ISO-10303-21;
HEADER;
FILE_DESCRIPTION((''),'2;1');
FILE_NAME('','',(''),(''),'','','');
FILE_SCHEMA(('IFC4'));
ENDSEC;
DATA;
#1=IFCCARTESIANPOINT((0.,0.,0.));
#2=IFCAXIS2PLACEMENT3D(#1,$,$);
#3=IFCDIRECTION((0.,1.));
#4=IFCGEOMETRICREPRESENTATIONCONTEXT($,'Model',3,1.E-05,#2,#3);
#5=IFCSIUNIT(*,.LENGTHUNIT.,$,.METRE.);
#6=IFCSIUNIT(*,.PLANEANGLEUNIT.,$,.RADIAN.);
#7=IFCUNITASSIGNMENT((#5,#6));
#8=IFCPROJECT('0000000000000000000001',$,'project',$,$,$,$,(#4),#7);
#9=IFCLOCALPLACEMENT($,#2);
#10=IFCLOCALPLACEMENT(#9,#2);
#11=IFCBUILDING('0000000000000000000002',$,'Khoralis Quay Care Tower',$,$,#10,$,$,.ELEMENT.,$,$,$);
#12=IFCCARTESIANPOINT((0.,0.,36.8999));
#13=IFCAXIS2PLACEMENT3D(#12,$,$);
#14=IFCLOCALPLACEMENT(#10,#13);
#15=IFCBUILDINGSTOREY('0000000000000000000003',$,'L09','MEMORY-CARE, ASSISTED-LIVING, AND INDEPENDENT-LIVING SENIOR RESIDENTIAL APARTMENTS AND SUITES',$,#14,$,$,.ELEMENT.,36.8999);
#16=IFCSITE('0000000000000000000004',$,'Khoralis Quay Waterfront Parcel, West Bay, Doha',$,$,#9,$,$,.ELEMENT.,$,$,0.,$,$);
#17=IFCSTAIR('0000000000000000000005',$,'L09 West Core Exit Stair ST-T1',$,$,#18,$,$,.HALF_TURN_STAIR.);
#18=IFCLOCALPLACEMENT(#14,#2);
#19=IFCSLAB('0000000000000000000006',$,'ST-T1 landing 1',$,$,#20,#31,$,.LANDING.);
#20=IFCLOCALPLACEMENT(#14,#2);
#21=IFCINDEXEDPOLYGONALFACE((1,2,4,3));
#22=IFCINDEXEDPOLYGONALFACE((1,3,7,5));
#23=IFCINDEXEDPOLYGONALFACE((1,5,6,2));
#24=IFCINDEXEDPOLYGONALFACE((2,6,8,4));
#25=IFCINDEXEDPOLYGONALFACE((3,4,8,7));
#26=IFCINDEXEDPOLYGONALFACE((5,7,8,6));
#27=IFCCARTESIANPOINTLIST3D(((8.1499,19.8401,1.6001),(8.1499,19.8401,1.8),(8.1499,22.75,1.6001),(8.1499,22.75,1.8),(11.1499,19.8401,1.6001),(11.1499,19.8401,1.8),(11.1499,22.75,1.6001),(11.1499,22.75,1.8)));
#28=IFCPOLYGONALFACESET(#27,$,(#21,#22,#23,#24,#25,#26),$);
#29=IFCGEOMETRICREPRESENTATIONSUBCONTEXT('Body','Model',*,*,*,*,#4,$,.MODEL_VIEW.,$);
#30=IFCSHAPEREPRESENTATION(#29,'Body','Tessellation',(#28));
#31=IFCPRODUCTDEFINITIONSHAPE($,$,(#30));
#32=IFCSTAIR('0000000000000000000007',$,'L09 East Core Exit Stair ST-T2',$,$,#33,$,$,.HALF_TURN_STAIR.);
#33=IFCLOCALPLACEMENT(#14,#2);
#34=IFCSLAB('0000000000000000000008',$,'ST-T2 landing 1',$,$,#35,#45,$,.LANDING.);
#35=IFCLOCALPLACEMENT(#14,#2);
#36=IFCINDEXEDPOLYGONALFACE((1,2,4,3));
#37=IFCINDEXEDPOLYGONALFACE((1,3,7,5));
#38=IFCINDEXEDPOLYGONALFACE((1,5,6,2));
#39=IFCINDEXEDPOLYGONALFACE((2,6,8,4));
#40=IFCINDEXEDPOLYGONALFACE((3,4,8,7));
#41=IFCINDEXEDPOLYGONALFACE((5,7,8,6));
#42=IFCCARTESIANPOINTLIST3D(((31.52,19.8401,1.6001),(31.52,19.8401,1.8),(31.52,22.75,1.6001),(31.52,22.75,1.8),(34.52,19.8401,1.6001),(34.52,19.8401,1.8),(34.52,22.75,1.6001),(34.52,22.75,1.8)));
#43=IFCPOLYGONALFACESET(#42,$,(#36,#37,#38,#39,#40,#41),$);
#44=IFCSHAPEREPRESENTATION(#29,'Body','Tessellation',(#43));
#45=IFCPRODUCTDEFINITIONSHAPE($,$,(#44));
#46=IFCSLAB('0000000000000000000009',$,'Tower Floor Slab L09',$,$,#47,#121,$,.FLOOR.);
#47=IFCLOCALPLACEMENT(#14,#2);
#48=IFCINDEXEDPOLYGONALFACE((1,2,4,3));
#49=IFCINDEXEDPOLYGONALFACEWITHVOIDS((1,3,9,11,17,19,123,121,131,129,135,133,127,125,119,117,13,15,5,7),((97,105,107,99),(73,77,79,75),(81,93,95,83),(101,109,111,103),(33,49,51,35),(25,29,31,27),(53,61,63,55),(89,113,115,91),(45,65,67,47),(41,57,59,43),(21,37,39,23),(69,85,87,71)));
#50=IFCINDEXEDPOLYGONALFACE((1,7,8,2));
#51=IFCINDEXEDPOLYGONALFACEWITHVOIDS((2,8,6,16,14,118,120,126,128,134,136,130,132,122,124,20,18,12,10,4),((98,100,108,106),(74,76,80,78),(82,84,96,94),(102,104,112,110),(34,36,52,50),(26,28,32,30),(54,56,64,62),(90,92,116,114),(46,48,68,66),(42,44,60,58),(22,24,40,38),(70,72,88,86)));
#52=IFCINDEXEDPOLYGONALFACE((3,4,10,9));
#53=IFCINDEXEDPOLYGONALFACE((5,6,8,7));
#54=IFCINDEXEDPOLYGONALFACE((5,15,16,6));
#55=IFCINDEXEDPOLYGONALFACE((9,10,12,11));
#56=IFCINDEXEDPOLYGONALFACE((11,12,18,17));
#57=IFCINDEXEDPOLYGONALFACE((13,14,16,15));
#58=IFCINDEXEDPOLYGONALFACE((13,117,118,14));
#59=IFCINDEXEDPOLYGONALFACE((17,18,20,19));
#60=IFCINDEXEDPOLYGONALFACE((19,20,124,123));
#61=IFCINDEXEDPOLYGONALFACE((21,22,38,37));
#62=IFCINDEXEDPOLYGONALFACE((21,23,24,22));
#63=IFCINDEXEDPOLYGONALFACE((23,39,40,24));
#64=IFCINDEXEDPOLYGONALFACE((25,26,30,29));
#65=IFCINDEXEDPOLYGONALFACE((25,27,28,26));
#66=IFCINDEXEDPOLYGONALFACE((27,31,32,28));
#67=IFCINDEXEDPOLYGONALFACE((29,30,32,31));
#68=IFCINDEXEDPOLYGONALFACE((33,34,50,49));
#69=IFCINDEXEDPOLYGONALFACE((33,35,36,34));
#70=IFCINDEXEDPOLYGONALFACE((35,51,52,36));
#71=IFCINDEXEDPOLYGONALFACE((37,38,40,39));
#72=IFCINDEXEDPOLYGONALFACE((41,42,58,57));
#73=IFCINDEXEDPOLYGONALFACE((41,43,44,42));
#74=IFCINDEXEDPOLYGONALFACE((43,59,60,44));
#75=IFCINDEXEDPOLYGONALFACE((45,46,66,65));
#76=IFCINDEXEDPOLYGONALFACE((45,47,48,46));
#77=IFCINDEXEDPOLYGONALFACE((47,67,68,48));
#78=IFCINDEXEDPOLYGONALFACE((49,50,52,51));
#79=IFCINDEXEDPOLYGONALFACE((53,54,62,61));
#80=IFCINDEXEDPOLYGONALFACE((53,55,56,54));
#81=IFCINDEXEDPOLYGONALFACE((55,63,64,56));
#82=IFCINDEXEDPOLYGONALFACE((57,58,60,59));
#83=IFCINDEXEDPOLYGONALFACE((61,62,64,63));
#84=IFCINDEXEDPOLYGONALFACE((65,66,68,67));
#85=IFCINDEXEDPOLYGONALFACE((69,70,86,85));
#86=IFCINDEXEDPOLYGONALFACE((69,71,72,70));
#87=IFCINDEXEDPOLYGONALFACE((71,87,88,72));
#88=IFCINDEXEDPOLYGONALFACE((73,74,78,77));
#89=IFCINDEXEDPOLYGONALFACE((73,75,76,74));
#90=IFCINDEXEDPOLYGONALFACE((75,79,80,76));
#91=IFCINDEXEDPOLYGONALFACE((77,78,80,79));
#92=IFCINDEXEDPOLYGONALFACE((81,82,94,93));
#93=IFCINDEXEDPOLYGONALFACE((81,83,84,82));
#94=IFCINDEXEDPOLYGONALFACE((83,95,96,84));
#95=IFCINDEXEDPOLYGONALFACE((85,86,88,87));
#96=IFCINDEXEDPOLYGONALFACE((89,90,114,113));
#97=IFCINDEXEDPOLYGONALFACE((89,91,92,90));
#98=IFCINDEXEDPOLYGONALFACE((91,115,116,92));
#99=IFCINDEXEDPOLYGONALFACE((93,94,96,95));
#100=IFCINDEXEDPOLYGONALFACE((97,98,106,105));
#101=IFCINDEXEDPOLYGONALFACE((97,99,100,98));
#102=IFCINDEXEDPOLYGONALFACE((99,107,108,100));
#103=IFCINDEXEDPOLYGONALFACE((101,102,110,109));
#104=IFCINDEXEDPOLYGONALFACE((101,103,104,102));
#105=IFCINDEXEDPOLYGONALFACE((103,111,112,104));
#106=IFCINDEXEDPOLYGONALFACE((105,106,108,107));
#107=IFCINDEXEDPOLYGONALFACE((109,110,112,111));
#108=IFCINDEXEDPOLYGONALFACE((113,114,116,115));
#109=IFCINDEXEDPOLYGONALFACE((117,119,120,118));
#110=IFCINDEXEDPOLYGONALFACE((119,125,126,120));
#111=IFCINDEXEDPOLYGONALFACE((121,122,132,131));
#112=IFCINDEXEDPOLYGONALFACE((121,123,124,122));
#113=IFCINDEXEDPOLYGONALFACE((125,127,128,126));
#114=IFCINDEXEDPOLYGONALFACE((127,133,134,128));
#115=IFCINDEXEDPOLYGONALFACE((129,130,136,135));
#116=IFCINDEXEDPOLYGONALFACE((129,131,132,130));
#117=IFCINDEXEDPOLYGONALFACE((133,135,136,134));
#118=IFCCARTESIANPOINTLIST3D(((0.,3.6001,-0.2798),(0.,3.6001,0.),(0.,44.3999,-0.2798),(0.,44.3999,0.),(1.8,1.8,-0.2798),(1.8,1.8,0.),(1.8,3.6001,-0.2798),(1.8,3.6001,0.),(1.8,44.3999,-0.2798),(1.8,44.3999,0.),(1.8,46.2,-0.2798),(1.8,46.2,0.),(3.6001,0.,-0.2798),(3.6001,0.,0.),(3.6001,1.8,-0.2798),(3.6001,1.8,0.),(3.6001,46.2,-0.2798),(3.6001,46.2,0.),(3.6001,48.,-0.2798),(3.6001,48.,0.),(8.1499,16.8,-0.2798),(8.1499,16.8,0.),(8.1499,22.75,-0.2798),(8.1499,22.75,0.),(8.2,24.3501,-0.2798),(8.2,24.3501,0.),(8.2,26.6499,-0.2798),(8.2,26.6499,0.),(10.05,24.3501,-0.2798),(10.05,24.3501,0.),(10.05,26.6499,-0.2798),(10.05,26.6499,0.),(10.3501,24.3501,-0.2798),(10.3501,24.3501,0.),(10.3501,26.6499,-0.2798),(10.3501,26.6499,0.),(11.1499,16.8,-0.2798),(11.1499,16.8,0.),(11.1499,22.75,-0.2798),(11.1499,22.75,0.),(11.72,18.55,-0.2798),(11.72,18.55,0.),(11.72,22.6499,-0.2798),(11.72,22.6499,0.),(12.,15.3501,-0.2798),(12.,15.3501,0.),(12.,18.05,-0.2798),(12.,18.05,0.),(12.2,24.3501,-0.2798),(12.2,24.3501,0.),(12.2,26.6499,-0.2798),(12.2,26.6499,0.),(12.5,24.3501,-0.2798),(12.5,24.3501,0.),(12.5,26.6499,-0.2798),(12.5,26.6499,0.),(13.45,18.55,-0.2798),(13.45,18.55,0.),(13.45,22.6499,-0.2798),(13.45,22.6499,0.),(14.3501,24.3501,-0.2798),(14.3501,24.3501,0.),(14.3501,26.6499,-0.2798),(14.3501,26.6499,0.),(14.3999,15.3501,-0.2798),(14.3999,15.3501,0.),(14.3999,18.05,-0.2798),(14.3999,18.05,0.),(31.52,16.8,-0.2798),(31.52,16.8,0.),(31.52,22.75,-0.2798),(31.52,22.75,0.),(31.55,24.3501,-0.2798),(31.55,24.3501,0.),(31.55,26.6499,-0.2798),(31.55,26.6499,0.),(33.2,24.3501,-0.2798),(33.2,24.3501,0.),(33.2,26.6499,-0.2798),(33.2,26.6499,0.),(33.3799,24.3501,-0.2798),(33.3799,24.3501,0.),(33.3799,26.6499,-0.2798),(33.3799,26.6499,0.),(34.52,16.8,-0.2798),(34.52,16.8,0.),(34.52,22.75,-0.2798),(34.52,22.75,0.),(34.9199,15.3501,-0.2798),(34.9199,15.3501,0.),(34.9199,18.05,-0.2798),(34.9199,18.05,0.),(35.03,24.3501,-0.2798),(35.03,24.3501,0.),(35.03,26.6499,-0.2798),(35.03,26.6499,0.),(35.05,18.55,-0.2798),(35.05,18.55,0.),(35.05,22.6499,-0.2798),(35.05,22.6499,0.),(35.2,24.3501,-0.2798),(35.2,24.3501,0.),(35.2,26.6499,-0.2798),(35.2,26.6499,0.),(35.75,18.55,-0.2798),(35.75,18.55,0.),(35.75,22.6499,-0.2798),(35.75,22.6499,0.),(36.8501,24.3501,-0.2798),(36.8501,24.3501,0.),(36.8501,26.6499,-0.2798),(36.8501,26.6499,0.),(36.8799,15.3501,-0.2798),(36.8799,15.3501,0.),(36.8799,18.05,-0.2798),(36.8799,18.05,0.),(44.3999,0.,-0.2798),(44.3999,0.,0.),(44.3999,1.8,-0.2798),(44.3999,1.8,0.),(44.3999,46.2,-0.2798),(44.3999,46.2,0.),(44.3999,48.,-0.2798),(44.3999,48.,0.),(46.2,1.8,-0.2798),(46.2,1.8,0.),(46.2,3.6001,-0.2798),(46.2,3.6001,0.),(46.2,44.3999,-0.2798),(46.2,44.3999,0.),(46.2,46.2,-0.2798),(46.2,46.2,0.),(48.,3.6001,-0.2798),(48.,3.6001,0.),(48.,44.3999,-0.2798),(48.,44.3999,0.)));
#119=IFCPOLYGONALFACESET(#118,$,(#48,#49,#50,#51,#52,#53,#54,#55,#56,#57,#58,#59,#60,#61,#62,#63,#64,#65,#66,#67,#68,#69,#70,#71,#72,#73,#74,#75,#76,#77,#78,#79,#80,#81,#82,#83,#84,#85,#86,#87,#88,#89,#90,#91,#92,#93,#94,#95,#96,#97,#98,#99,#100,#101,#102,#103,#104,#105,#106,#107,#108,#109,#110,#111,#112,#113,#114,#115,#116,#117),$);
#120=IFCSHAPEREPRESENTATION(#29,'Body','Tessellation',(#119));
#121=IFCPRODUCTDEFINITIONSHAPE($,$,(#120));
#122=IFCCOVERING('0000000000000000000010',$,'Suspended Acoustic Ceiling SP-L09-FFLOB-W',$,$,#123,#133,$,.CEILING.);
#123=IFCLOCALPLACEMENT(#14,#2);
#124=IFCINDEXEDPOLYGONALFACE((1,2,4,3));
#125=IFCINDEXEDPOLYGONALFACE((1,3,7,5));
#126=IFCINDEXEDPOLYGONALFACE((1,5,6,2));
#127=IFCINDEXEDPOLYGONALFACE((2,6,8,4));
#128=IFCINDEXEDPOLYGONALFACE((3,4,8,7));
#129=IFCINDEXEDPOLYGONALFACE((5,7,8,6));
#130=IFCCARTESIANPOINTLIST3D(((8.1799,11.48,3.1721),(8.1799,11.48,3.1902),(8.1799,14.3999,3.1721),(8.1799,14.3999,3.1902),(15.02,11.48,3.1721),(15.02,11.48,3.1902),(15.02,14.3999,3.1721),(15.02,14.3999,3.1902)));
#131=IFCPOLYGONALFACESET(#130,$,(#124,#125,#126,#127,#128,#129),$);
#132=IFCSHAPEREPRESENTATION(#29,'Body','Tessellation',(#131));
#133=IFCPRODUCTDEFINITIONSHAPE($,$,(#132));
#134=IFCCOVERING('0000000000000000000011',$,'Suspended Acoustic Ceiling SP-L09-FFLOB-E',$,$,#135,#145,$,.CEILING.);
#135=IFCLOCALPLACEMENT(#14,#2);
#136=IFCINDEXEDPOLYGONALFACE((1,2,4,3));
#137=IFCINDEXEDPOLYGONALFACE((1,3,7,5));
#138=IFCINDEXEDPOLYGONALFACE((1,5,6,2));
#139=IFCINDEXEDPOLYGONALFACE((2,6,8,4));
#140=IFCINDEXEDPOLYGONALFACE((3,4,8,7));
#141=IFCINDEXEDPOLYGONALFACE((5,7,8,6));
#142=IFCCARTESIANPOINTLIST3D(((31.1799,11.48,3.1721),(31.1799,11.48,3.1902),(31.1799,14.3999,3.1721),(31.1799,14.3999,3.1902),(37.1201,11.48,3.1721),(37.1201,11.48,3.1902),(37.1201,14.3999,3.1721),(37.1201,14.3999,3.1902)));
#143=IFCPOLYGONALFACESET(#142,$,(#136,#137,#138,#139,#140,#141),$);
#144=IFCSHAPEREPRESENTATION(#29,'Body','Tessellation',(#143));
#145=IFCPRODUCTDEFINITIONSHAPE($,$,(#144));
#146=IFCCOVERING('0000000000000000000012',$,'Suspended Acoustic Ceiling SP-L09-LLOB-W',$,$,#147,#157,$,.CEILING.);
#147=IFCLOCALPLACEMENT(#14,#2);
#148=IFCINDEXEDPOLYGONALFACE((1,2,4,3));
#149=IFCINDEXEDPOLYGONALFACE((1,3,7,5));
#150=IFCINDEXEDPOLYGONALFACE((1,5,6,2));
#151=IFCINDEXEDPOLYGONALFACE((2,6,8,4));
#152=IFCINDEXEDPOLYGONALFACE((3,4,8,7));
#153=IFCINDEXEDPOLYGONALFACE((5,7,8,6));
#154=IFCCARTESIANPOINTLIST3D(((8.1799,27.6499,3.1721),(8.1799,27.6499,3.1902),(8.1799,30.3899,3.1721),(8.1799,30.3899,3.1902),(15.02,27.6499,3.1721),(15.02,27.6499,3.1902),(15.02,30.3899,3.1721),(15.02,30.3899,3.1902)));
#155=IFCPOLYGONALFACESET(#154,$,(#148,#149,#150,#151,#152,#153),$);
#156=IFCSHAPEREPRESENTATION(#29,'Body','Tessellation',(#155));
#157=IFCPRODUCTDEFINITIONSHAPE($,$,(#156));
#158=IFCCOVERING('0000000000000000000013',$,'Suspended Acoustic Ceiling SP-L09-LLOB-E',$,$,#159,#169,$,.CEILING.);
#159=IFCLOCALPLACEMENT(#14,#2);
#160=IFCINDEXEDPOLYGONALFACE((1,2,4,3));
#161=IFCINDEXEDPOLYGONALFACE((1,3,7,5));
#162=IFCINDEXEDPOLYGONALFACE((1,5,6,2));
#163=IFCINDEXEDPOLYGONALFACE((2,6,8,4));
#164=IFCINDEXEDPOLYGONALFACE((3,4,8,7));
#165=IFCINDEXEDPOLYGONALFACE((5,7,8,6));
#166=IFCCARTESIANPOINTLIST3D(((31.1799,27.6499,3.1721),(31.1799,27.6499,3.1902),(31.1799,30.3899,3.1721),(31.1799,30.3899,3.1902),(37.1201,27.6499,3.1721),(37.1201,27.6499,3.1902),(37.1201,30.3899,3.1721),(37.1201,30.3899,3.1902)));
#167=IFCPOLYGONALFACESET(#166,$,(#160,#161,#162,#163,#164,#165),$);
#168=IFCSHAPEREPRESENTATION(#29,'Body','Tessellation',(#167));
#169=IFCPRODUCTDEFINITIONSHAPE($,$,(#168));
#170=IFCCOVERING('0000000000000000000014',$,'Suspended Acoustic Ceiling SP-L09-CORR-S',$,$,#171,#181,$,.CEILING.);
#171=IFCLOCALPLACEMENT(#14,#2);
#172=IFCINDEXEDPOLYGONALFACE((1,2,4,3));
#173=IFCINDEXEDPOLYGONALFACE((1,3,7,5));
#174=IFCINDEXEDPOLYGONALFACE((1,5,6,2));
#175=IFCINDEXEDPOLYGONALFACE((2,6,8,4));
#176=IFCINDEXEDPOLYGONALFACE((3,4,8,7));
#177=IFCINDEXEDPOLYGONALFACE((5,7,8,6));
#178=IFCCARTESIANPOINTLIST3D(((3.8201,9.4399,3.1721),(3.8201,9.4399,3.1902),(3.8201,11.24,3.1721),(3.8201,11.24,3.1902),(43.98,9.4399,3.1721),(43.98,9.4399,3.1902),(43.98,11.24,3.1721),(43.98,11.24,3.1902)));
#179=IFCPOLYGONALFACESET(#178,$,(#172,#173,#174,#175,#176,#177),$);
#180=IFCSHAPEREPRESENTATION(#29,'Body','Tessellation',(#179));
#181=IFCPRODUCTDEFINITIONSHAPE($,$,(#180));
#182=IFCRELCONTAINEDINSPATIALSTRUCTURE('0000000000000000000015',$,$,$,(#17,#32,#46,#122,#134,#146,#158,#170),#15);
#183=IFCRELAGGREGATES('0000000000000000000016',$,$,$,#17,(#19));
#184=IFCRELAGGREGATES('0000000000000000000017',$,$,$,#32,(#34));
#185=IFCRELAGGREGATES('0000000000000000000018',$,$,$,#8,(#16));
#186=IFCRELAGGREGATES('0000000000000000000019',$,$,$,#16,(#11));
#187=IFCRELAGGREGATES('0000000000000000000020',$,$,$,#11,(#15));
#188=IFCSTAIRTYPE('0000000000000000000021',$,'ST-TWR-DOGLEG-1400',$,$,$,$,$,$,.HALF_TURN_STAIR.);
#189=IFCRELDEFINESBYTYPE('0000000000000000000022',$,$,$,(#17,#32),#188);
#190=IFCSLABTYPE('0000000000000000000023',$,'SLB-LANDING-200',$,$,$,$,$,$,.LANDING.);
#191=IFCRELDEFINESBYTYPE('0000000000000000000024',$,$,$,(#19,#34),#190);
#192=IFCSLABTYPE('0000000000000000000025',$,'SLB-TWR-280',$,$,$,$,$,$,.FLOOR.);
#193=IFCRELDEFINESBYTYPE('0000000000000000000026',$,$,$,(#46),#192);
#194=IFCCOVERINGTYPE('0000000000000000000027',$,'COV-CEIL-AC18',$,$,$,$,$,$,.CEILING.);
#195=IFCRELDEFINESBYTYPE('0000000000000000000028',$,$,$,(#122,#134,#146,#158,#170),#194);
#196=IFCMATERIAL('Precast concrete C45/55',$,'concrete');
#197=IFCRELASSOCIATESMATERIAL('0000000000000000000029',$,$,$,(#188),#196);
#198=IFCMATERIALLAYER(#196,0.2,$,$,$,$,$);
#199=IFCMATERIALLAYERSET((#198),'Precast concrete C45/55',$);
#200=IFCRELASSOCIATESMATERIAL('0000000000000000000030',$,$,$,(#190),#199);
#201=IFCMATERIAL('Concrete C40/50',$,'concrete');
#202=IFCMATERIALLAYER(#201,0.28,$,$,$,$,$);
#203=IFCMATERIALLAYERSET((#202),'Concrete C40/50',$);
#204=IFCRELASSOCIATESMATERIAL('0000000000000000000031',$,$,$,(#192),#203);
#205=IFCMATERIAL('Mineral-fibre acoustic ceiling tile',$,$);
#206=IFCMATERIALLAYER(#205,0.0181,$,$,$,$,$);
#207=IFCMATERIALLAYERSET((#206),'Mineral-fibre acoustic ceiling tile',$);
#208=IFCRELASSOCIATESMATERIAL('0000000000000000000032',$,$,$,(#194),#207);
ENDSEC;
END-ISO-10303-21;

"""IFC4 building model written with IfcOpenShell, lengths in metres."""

from ifc_helpers import new_model, si_unit, direction, frame, origin, place, context, subcontext, project, spatial, polyline, outline, extrude, material, layer, layer_set, type_object, element, aggregate, save


model = new_model("IFC4")

# Units and contexts
model_context = context("Model", 3, precision=1e-05, world=origin(), true_north=direction((0.0, 1.0)))
body_context = subcontext(model_context, "Body", "Model", "MODEL_VIEW")
ifc_project = project(units=[si_unit("LENGTHUNIT", "METRE"), si_unit("PLANEANGLEUNIT", "RADIAN")], contexts=[model_context])

# Site, building, storey
site_placement = place(None, origin())
site = spatial("IfcSite", under=ifc_project, at=site_placement, Name="Khoralis Quay Waterfront Parcel, West Bay, Doha", CompositionType="ELEMENT", RefElevation=0.0)
building_placement = place(site_placement, origin())
building = spatial("IfcBuilding", under=site, at=building_placement, Name="Khoralis Quay Care Tower", CompositionType="ELEMENT")
storey_placement = place(building_placement, frame((0.0, 0.0, 36.8999)))
storey = spatial("IfcBuildingStorey", under=building, at=storey_placement, Name="L09", Description="MEMORY-CARE, ASSISTED-LIVING, AND INDEPENDENT-LIVING SENIOR RESIDENTIAL APARTMENTS AND SUITES", CompositionType="ELEMENT", Elevation=36.8999)

# Stairs, slabs
ifc_material_1 = material(Name="Precast concrete C45/55", Category="concrete")
stair_type = type_object("IfcStairType", Name="ST-TWR-DOGLEG-1400", PredefinedType="HALF_TURN_STAIR", material=ifc_material_1)
stair_1_placement = place(storey_placement, origin())
stair_1 = element("IfcStair", 1, at=stair_1_placement, inside=storey, type_object=stair_type, Name="L09 West Core Exit Stair ST-T1", PredefinedType="HALF_TURN_STAIR")
ifc_layer_1 = layer(ifc_material_1, 0.2)
ifc_layer_set_1 = layer_set([ifc_layer_1], Name="Precast concrete C45/55")
slab_type_1 = type_object("IfcSlabType", Name="SLB-LANDING-200", PredefinedType="LANDING", material=ifc_layer_set_1)
slab_1_placement = place(storey_placement, frame((0.0, 0.0, 1.6001)))
slab_1 = element("IfcSlab", 2, at=slab_1_placement, type_object=slab_type_1, Name="ST-T1 landing 1", PredefinedType="LANDING", context=body_context, shape_type="SweptSolid", body=[
    extrude(outline(polyline([(11.1499, 19.8401), (11.1499, 22.75), (8.1499, 22.75), (8.1499, 19.8401), (11.1499, 19.8401)])), origin(), (0.0, 0.0, 1.0), 0.2),
])
aggregate(stair_1, [slab_1])
stair_2_placement = place(storey_placement, origin())
stair_2 = element("IfcStair", 3, at=stair_2_placement, inside=storey, type_object=stair_type, Name="L09 East Core Exit Stair ST-T2", PredefinedType="HALF_TURN_STAIR")
slab_2_placement = place(storey_placement, frame((0.0, 0.0, 1.6001)))
slab_2 = element("IfcSlab", 4, at=slab_2_placement, type_object=slab_type_1, Name="ST-T2 landing 1", PredefinedType="LANDING", context=body_context, shape_type="SweptSolid", body=[
    extrude(outline(polyline([(34.52, 19.8401), (34.52, 22.75), (31.52, 22.75), (31.52, 19.8401), (34.52, 19.8401)])), origin(), (0.0, 0.0, 1.0), 0.2),
])
aggregate(stair_2, [slab_2])

# Slab
ifc_material_2 = material(Name="Concrete C40/50", Category="concrete")
ifc_layer_2 = layer(ifc_material_2, 0.28)
ifc_layer_set_2 = layer_set([ifc_layer_2], Name="Concrete C40/50")
slab_type_2 = type_object("IfcSlabType", Name="SLB-TWR-280", PredefinedType="FLOOR", material=ifc_layer_set_2)
slab_3_placement = place(storey_placement, frame((0.0, 0.0, -0.2798)))
element("IfcSlab", 5, at=slab_3_placement, inside=storey, type_object=slab_type_2, Name="Tower Floor Slab L09", PredefinedType="FLOOR", context=body_context, shape_type="SweptSolid", body=[
    extrude(outline(polyline([(3.6001, 0.0), (44.3999, 0.0), (44.3999, 1.8), (46.2, 1.8), (46.2, 3.6001), (48.0, 3.6001), (48.0, 44.3999), (46.2, 44.3999), (46.2, 46.2), (44.3999, 46.2), (44.3999, 48.0), (3.6001, 48.0), (3.6001, 46.2), (1.8, 46.2), (1.8, 44.3999), (0.0, 44.3999), (0.0, 3.6001), (1.8, 3.6001), (1.8, 1.8), (3.6001, 1.8), (3.6001, 0.0)]), holes=[polyline([(11.1499, 16.8), (11.1499, 22.75), (8.1499, 22.75), (8.1499, 16.8), (11.1499, 16.8)]), polyline([(34.52, 16.8), (34.52, 22.75), (31.52, 22.75), (31.52, 16.8), (34.52, 16.8)]), polyline([(12.0, 15.3501), (14.3999, 15.3501), (14.3999, 18.05), (12.0, 18.05), (12.0, 15.3501)]), polyline([(34.9199, 15.3501), (36.8799, 15.3501), (36.8799, 18.05), (34.9199, 18.05), (34.9199, 15.3501)]), polyline([(8.2, 24.3501), (10.05, 24.3501), (10.05, 26.6499), (8.2, 26.6499), (8.2, 24.3501)]), polyline([(31.55, 24.3501), (33.2, 24.3501), (33.2, 26.6499), (31.55, 26.6499), (31.55, 24.3501)]), polyline([(10.3501, 24.3501), (12.2, 24.3501), (12.2, 26.6499), (10.3501, 26.6499), (10.3501, 24.3501)]), polyline([(33.3799, 24.3501), (35.03, 24.3501), (35.03, 26.6499), (33.3799, 26.6499), (33.3799, 24.3501)]), polyline([(12.5, 24.3501), (14.3501, 24.3501), (14.3501, 26.6499), (12.5, 26.6499), (12.5, 24.3501)]), polyline([(35.2, 24.3501), (36.8501, 24.3501), (36.8501, 26.6499), (35.2, 26.6499), (35.2, 24.3501)]), polyline([(11.72, 18.55), (13.45, 18.55), (13.45, 22.6499), (11.72, 22.6499), (11.72, 18.55)]), polyline([(35.05, 18.55), (35.75, 18.55), (35.75, 22.6499), (35.05, 22.6499), (35.05, 18.55)])]), origin(), (0.0, 0.0, 1.0), 0.2798),
])

# Coverings
ifc_material_3 = material(Name="Mineral-fibre acoustic ceiling tile")
ifc_layer_3 = layer(ifc_material_3, 0.0181)
ifc_layer_set_3 = layer_set([ifc_layer_3], Name="Mineral-fibre acoustic ceiling tile")
covering_type_1 = type_object("IfcCoveringType", Name="COV-CEIL-AC18", PredefinedType="CEILING", material=ifc_layer_set_3)
covering_1_placement = place(storey_placement, frame((0.0, 0.0, 3.1721)))
element("IfcCovering", 6, at=covering_1_placement, inside=storey, type_object=covering_type_1, Name="Suspended Acoustic Ceiling SP-L09-FFLOB-W", PredefinedType="CEILING", context=body_context, shape_type="SweptSolid", body=[
    extrude(outline(polyline([(8.1799, 11.48), (15.02, 11.48), (15.02, 14.3999), (8.1799, 14.3999), (8.1799, 11.48)])), origin(), (0.0, 0.0, 1.0), 0.0181),
])
covering_2_placement = place(storey_placement, frame((0.0, 0.0, 3.1721)))
element("IfcCovering", 7, at=covering_2_placement, inside=storey, type_object=covering_type_1, Name="Suspended Acoustic Ceiling SP-L09-FFLOB-E", PredefinedType="CEILING", context=body_context, shape_type="SweptSolid", body=[
    extrude(outline(polyline([(31.1799, 11.48), (37.1201, 11.48), (37.1201, 14.3999), (31.1799, 14.3999), (31.1799, 11.48)])), origin(), (0.0, 0.0, 1.0), 0.0181),
])
covering_3_placement = place(storey_placement, frame((0.0, 0.0, 3.1721)))
element("IfcCovering", 8, at=covering_3_placement, inside=storey, type_object=covering_type_1, Name="Suspended Acoustic Ceiling SP-L09-LLOB-W", PredefinedType="CEILING", context=body_context, shape_type="SweptSolid", body=[
    extrude(outline(polyline([(8.1799, 27.6499), (15.02, 27.6499), (15.02, 30.3899), (8.1799, 30.3899), (8.1799, 27.6499)])), origin(), (0.0, 0.0, 1.0), 0.0181),
])
covering_4_placement = place(storey_placement, frame((0.0, 0.0, 3.1721)))
element("IfcCovering", 9, at=covering_4_placement, inside=storey, type_object=covering_type_1, Name="Suspended Acoustic Ceiling SP-L09-LLOB-E", PredefinedType="CEILING", context=body_context, shape_type="SweptSolid", body=[
    extrude(outline(polyline([(31.1799, 27.6499), (37.1201, 27.6499), (37.1201, 30.3899), (31.1799, 30.3899), (31.1799, 27.6499)])), origin(), (0.0, 0.0, 1.0), 0.0181),
])
covering_5_placement = place(storey_placement, frame((0.0, 0.0, 3.1721)))
element("IfcCovering", 10, at=covering_5_placement, inside=storey, type_object=covering_type_1, Name="Suspended Acoustic Ceiling SP-L09-CORR-S", PredefinedType="CEILING", context=body_context, shape_type="SweptSolid", body=[
    extrude(outline(polyline([(3.8201, 9.4399), (43.98, 9.4399), (43.98, 11.24), (3.8201, 11.24), (3.8201, 9.4399)])), origin(), (0.0, 0.0, 1.0), 0.0181),
])

save(model, "model.ifc")
